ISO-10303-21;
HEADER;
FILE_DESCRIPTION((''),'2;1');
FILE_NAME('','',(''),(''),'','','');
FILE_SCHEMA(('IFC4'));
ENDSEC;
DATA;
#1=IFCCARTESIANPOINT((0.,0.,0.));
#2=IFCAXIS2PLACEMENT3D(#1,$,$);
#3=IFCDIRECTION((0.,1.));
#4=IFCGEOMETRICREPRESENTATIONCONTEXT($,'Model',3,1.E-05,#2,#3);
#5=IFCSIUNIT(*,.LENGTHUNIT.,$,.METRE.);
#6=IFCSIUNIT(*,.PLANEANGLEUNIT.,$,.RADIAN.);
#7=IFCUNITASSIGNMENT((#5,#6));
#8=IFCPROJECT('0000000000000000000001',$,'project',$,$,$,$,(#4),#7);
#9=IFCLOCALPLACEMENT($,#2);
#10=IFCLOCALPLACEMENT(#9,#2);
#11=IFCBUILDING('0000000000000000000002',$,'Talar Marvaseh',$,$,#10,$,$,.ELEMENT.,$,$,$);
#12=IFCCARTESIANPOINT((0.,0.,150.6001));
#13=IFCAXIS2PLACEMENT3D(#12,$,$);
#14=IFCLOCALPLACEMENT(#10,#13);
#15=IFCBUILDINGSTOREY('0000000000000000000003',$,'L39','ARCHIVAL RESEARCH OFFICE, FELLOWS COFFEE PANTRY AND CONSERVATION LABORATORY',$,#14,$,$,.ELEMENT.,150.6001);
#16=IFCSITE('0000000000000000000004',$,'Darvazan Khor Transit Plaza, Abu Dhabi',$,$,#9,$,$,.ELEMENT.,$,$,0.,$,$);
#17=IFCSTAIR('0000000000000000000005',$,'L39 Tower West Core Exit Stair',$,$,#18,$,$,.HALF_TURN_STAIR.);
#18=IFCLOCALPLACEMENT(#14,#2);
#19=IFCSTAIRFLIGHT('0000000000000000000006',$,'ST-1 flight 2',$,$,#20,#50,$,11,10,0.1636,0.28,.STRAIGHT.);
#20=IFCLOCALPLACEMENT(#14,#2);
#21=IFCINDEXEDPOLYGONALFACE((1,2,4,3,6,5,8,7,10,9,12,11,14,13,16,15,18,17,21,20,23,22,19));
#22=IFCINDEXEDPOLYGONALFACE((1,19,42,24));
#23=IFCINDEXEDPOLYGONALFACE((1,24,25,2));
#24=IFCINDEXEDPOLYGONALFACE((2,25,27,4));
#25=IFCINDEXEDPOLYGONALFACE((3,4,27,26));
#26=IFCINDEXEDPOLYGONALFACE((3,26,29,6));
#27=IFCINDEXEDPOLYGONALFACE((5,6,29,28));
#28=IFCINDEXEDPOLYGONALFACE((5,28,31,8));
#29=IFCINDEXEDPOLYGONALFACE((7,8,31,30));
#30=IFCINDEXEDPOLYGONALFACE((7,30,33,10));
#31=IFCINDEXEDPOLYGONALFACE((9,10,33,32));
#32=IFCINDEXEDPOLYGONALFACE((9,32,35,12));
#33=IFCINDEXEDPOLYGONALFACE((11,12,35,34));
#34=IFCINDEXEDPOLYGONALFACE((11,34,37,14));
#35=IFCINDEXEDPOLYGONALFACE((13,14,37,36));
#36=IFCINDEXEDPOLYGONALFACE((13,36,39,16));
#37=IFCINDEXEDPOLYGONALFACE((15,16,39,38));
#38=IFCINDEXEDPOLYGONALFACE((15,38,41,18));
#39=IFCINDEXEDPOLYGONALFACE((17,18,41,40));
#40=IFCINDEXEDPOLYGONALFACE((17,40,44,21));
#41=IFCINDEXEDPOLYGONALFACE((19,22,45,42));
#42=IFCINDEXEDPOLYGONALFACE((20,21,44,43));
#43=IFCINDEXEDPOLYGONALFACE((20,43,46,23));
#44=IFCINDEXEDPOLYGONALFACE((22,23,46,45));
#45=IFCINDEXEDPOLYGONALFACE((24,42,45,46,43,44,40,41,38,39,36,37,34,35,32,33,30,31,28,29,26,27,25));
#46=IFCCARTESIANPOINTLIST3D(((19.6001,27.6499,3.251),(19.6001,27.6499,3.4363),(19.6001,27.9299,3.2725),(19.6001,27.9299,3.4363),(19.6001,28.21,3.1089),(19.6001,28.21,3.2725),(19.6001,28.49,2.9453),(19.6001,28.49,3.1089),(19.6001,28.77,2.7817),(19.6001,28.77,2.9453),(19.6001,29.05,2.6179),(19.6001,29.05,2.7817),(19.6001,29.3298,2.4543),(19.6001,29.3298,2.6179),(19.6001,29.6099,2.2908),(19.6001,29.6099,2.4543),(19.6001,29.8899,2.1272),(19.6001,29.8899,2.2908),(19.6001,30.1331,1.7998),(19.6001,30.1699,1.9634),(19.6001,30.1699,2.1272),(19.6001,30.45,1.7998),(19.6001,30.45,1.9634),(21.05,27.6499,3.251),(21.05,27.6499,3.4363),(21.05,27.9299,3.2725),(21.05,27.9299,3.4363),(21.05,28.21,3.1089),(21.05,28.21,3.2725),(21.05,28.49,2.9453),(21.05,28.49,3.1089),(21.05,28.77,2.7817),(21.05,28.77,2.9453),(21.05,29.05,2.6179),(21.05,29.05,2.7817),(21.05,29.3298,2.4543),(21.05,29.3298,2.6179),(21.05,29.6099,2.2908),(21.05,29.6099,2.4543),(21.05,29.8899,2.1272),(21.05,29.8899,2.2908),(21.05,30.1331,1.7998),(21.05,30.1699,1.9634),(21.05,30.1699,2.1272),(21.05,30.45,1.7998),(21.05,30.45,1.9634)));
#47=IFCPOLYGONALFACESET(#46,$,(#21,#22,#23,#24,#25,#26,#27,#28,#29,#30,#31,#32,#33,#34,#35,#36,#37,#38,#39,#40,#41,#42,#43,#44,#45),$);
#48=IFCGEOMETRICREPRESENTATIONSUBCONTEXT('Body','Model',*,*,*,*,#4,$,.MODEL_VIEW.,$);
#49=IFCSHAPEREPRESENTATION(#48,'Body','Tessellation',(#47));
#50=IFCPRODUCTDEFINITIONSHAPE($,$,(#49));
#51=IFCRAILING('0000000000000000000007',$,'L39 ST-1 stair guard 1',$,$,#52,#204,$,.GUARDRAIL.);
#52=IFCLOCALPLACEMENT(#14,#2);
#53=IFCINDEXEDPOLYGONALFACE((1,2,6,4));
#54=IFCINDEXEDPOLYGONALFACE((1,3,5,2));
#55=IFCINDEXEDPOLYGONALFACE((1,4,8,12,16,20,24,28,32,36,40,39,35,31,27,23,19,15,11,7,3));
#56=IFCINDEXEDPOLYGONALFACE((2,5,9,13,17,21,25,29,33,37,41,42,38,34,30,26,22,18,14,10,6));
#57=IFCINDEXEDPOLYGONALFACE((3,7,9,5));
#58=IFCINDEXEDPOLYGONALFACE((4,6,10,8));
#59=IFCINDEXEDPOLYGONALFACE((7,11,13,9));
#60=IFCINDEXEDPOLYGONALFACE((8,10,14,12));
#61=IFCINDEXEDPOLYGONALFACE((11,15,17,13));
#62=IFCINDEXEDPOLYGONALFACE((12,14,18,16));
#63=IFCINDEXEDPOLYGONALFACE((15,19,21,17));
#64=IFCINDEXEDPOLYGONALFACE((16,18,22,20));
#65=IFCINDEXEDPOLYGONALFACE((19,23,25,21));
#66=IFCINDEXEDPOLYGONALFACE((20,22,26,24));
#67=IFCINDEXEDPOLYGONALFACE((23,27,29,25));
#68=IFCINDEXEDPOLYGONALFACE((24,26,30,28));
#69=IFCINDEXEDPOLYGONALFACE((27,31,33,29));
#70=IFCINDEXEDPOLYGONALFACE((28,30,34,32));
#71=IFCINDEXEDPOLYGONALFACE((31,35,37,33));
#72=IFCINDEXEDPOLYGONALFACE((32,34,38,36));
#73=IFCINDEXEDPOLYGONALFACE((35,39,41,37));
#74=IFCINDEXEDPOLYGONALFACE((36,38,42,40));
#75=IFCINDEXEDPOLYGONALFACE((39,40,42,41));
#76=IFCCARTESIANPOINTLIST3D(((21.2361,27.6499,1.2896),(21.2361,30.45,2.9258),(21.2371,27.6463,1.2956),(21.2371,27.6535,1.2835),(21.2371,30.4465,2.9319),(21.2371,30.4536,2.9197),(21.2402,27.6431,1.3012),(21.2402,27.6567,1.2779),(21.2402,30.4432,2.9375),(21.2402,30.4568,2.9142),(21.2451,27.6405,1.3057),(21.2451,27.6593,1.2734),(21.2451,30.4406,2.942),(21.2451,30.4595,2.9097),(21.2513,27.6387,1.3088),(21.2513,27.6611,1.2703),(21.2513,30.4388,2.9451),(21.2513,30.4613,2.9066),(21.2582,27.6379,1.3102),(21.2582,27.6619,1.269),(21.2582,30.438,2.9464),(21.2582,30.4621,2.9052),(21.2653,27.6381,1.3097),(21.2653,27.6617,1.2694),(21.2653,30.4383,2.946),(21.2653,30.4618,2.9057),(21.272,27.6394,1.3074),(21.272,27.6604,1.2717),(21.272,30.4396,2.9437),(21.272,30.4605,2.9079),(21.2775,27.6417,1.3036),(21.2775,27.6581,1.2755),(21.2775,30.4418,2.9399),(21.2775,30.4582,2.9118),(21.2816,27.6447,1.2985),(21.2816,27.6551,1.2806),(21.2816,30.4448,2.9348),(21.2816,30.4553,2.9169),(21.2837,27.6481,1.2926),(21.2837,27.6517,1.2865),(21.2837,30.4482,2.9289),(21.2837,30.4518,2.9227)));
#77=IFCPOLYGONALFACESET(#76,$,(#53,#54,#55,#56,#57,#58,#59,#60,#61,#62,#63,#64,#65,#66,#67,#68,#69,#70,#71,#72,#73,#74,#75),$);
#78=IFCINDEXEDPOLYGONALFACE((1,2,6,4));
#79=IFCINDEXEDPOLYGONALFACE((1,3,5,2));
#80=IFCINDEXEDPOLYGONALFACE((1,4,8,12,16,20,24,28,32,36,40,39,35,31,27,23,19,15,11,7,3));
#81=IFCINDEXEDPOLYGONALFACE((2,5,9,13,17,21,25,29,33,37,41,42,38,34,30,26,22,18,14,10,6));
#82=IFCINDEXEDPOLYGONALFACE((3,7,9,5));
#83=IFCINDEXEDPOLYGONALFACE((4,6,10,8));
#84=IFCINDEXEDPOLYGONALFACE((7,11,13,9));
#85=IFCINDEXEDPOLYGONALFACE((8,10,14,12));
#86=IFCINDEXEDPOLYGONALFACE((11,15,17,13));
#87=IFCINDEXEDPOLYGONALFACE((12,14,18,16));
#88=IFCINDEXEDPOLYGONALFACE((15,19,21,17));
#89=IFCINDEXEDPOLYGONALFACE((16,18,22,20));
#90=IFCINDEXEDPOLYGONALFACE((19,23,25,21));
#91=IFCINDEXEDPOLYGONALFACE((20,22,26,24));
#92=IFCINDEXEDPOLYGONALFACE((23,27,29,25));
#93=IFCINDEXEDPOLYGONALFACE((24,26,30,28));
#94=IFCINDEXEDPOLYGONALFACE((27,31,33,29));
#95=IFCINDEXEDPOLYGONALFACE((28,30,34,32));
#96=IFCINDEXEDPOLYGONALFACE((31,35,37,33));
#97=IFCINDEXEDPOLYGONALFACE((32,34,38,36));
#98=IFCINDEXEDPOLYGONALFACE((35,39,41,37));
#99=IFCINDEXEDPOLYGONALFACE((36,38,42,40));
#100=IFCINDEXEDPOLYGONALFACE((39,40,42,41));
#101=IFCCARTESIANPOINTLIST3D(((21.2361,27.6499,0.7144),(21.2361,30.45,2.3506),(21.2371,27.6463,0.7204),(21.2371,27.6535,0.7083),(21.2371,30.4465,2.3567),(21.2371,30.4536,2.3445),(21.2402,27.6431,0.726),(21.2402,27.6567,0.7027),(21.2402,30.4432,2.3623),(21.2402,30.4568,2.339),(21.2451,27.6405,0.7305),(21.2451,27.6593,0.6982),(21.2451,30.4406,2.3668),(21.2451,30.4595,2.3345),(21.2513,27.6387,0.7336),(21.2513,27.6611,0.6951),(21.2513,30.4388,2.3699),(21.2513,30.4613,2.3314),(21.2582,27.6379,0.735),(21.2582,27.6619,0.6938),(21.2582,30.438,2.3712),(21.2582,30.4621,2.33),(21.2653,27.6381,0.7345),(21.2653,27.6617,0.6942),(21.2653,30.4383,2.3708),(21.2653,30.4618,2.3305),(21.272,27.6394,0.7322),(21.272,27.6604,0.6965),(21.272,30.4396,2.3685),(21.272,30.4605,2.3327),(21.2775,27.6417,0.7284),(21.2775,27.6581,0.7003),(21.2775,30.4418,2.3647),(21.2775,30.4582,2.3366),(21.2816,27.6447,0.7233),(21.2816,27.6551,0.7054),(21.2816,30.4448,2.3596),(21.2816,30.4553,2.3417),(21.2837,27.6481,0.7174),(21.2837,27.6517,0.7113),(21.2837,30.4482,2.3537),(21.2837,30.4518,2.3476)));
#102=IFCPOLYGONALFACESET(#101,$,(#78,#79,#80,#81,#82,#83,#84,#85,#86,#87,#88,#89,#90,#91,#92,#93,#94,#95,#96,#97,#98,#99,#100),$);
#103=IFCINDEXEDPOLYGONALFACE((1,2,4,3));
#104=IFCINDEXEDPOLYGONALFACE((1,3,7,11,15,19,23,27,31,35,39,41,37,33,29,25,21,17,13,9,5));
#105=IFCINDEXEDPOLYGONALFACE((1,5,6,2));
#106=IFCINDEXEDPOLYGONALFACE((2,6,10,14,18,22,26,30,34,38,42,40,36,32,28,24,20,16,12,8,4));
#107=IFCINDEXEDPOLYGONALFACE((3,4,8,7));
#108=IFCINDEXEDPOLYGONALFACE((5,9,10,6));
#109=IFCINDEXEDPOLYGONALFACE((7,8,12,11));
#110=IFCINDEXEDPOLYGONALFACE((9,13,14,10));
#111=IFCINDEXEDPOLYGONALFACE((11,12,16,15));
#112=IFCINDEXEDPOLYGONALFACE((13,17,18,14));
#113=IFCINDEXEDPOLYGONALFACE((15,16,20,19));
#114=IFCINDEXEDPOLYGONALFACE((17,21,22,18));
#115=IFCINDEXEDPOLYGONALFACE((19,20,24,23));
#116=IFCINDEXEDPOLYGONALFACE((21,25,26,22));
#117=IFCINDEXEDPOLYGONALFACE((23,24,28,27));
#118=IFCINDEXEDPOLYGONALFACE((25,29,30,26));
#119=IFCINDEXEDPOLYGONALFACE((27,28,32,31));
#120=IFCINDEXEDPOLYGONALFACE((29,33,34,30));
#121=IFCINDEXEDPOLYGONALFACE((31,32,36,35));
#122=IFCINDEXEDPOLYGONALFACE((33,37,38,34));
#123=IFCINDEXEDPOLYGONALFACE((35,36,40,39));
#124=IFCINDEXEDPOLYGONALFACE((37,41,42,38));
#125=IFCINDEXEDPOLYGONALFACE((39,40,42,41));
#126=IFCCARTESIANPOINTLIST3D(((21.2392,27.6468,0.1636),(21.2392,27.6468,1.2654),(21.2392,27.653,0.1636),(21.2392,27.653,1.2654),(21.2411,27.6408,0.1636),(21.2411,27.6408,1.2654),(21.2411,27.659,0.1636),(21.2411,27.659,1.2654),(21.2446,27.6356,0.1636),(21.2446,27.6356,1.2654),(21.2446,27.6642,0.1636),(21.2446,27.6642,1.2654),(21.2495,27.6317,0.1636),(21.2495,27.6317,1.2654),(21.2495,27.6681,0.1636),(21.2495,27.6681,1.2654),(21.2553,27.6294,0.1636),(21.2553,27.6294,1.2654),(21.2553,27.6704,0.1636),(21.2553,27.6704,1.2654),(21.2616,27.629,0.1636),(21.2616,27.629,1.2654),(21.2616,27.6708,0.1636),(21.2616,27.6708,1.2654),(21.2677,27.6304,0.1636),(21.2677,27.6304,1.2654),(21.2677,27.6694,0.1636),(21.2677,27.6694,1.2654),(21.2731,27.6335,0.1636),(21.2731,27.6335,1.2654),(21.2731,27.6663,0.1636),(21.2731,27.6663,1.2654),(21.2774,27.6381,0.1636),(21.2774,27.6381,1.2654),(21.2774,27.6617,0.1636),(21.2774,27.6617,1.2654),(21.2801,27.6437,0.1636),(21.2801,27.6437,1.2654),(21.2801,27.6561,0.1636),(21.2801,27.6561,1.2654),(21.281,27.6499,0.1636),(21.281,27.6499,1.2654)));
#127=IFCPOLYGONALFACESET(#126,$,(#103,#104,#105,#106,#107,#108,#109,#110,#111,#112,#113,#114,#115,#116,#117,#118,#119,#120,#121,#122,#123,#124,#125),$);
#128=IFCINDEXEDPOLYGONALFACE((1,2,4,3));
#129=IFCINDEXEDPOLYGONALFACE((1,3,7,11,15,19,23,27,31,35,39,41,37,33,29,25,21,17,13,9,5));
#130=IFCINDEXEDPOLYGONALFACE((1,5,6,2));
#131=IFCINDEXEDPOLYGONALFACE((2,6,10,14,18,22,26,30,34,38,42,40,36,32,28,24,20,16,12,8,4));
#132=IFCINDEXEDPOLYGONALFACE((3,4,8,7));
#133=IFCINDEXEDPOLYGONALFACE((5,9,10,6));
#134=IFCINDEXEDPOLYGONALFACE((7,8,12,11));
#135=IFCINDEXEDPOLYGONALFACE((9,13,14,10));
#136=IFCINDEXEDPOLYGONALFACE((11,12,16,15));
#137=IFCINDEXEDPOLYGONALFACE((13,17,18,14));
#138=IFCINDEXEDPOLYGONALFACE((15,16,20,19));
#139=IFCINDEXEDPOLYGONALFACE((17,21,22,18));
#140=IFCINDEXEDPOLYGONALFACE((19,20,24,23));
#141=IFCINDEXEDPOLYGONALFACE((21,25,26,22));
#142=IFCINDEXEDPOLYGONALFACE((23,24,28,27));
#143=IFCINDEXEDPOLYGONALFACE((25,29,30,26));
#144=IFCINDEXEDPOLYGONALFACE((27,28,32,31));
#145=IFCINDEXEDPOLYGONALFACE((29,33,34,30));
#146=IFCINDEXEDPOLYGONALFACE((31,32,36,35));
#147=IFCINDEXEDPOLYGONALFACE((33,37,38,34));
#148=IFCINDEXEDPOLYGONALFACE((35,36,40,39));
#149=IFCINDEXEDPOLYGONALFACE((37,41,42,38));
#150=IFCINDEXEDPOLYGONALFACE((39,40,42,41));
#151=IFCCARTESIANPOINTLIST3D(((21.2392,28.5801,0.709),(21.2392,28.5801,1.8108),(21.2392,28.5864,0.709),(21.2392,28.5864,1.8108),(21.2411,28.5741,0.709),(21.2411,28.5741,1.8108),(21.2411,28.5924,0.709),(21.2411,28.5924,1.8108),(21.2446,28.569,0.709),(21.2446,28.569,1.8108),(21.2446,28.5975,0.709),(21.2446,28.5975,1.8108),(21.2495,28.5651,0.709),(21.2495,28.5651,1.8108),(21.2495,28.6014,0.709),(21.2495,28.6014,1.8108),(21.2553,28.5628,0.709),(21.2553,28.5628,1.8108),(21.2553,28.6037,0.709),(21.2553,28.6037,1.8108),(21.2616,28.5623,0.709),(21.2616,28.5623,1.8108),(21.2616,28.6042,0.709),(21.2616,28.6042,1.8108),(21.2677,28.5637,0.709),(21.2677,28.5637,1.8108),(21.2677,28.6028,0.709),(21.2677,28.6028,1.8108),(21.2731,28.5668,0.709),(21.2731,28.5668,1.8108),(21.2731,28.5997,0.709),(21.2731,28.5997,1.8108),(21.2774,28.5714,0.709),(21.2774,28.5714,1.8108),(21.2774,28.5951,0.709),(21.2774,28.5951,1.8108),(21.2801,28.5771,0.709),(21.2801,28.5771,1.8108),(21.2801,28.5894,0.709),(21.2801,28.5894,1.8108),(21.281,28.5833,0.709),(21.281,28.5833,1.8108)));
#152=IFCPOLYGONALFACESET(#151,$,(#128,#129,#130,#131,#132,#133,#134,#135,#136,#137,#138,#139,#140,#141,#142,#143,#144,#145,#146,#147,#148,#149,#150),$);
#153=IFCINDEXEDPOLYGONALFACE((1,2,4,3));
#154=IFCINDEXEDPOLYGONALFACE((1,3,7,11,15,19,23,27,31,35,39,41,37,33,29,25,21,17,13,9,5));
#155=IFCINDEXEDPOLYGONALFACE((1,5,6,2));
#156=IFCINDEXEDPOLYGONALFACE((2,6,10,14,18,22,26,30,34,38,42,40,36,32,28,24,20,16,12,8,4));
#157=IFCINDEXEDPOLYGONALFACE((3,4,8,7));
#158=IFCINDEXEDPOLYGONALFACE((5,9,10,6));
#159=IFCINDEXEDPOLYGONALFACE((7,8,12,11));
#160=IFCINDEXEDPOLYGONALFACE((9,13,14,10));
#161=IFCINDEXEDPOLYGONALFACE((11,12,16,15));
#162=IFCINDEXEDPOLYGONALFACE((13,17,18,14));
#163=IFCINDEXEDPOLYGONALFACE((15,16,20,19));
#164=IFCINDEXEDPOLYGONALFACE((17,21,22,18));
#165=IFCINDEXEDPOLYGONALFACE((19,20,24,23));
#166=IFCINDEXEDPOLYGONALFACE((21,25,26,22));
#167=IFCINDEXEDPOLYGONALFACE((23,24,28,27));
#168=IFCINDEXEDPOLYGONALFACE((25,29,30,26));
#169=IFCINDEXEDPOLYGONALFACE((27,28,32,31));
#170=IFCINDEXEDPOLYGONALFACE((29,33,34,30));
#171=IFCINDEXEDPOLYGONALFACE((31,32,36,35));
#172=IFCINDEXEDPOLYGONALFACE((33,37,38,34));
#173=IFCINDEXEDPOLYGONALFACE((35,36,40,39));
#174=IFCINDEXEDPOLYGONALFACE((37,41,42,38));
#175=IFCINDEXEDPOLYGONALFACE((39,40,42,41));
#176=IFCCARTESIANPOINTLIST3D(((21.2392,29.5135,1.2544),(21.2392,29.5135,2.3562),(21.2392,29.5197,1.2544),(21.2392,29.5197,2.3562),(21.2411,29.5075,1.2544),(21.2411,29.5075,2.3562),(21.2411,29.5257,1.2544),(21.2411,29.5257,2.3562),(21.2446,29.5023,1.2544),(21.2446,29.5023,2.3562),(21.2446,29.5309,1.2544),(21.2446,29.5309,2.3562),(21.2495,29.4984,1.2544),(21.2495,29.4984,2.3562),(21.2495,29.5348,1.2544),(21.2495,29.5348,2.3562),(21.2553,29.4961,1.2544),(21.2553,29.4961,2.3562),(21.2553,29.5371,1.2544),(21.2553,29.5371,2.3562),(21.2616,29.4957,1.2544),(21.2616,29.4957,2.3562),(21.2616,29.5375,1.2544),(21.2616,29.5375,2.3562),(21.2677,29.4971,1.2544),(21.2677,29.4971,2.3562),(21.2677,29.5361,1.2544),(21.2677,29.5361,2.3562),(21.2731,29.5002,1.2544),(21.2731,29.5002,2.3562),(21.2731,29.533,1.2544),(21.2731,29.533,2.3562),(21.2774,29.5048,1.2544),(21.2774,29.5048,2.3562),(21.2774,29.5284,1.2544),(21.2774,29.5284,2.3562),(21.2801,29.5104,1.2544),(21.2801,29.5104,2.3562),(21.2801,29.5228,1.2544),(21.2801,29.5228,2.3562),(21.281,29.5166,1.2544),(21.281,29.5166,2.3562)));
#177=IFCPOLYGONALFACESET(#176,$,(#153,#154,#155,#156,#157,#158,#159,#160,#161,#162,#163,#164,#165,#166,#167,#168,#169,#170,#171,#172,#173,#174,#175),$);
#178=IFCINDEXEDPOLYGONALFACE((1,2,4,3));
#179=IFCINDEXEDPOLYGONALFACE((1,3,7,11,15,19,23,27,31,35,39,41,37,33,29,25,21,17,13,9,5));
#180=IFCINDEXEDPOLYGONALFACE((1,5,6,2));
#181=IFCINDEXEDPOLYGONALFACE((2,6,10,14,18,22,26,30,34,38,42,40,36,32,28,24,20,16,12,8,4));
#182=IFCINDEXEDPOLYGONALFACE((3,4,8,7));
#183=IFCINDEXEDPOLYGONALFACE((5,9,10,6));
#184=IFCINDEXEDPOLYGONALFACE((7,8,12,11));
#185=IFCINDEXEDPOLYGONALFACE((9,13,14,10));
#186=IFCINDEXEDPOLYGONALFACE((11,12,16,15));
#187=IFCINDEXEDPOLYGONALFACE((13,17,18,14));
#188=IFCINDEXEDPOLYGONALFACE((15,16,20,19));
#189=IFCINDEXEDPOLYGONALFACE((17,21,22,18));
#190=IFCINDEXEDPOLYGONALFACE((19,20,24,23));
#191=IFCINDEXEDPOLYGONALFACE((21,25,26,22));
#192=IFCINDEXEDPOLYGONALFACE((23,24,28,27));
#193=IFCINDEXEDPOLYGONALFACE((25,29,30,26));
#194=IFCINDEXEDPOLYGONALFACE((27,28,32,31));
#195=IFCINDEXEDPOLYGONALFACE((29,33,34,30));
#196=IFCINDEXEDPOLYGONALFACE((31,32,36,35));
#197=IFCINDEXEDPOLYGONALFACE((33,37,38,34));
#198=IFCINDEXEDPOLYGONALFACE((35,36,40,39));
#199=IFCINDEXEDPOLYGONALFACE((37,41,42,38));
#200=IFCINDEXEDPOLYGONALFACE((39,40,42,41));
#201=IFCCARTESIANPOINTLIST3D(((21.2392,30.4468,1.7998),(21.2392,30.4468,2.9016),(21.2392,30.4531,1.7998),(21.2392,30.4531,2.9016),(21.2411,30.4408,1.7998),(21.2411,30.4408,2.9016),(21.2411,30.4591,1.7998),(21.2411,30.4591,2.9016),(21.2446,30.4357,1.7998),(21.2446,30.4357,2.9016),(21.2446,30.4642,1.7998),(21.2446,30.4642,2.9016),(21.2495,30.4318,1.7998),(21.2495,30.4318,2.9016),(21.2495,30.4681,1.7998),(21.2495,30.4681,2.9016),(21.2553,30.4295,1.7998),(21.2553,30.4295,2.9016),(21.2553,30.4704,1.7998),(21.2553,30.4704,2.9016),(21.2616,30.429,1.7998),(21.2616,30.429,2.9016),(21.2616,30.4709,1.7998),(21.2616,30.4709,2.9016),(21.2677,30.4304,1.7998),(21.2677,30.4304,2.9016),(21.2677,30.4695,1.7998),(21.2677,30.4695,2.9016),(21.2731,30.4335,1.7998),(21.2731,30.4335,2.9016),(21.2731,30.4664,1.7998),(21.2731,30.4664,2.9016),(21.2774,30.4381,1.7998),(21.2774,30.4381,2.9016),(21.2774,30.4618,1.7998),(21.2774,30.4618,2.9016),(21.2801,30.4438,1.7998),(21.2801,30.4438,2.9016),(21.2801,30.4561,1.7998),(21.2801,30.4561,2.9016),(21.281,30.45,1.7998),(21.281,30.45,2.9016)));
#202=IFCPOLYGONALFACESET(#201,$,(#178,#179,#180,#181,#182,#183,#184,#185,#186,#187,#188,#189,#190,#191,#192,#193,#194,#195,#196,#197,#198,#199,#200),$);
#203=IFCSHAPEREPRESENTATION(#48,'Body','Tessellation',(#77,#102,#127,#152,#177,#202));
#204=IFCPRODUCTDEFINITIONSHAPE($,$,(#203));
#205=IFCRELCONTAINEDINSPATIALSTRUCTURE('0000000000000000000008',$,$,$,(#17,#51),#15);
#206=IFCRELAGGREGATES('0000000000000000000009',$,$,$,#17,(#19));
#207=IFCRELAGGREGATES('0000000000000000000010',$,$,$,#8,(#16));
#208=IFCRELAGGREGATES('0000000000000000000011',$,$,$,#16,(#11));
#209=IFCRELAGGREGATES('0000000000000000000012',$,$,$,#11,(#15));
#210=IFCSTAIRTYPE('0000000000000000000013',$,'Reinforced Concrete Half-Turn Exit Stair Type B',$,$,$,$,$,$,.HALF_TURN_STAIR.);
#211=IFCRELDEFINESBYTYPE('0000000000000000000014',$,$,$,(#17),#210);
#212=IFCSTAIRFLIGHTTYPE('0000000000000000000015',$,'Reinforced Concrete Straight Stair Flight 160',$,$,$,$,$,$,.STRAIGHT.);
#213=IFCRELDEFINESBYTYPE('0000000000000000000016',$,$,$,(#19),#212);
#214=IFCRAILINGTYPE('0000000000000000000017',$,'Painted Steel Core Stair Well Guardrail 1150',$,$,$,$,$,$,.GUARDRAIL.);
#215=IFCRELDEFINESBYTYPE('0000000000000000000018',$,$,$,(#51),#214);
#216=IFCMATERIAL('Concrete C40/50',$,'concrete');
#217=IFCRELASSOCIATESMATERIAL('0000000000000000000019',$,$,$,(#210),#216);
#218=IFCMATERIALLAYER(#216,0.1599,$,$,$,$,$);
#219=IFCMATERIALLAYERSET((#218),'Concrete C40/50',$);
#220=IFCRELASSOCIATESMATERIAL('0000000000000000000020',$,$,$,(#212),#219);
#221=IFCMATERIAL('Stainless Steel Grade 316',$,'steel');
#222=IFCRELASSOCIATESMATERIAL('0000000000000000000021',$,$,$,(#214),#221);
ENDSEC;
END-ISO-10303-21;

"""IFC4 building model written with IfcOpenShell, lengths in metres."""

from ifc_helpers import new_model, si_unit, direction, frame, origin, origin_2d, place, context, subcontext, project, spatial, polyline, circle, outline, extrude, material, layer, layer_set, type_object, element, aggregate, save


model = new_model("IFC4")

# Units and contexts
model_context = context("Model", 3, precision=1e-05, world=origin(), true_north=direction((0.0, 1.0)))
body_context = subcontext(model_context, "Body", "Model", "MODEL_VIEW")
ifc_project = project(units=[si_unit("LENGTHUNIT", "METRE"), si_unit("PLANEANGLEUNIT", "RADIAN")], contexts=[model_context])

# Site, building, storey
site_placement = place(None, origin())
site = spatial("IfcSite", under=ifc_project, at=site_placement, Name="Darvazan Khor Transit Plaza, Abu Dhabi", CompositionType="ELEMENT", RefElevation=0.0)
building_placement = place(site_placement, origin())
building = spatial("IfcBuilding", under=site, at=building_placement, Name="Talar Marvaseh", CompositionType="ELEMENT")
storey_placement = place(building_placement, frame((0.0, 0.0, 150.6001)))
storey = spatial("IfcBuildingStorey", under=building, at=storey_placement, Name="L39", Description="ARCHIVAL RESEARCH OFFICE, FELLOWS COFFEE PANTRY AND CONSERVATION LABORATORY", CompositionType="ELEMENT", Elevation=150.6001)

# Stair, stair flight
ifc_material_1 = material(Name="Concrete C40/50", Category="concrete")
stair_type = type_object("IfcStairType", Name="Reinforced Concrete Half-Turn Exit Stair Type B", PredefinedType="HALF_TURN_STAIR", material=ifc_material_1)
stair_placement = place(storey_placement, origin())
stair = element("IfcStair", 1, at=stair_placement, inside=storey, type_object=stair_type, Name="L39 Tower West Core Exit Stair", PredefinedType="HALF_TURN_STAIR")
ifc_layer_1 = layer(ifc_material_1, 0.1599)
ifc_layer_set_1 = layer_set([ifc_layer_1], Name="Concrete C40/50")
stair_flight_type = type_object("IfcStairFlightType", Name="Reinforced Concrete Straight Stair Flight 160", PredefinedType="STRAIGHT", material=ifc_layer_set_1)
stair_flight_placement = place(storey_placement, frame((20.325, 30.45, 1.7998), z_axis=(0.0, 0.0, 1.0), x_axis=(0.0, -1.0, 0.0)))
stair_flight = element("IfcStairFlight", 2, at=stair_flight_placement, type_object=stair_flight_type, Name="ST-1 flight 2", NumberOfRisers=11, NumberOfTreads=10, PredefinedType="STRAIGHT", RiserHeight=0.1636, TreadLength=0.28, context=body_context, shape_type="SweptSolid", body=[
    extrude(outline(polyline([(0.0, 0.0), (0.0, 0.1636), (0.28, 0.1636), (0.28, 0.3274), (0.5601, 0.3274), (0.5601, 0.491), (0.8401, 0.491), (0.8401, 0.6545), (1.1201, 0.6545), (1.1201, 0.8181), (1.3999, 0.8181), (1.3999, 0.9819), (1.6799, 0.9819), (1.6799, 1.1455), (1.96, 1.1455), (1.96, 1.3091), (2.24, 1.3091), (2.24, 1.4727), (2.52, 1.4727), (2.52, 1.6365), (2.8, 1.6365), (2.8, 1.8), (2.8, 1.4512), (0.3169, 0.0), (0.0, 0.0)])), frame((0.0, 0.7251, 0.0), z_axis=(0.0, -1.0, 0.0), x_axis=(1.0, 0.0, 0.0)), (0.0, 0.0, 1.0), 1.45),
])
aggregate(stair, [stair_flight])

# Railing
ifc_material_2 = material(Name="Stainless Steel Grade 316", Category="steel")
railing_type_1 = type_object("IfcRailingType", Name="Painted Steel Core Stair Well Guardrail 1150", PredefinedType="GUARDRAIL", material=ifc_material_2)
railing_1_placement = place(storey_placement, frame((21.26, 27.6499, 0.1636)))
element("IfcRailing", 3, at=railing_1_placement, inside=storey, type_object=railing_type_1, Name="L39 ST-1 stair guard 1", PredefinedType="GUARDRAIL", context=body_context, shape_type="SweptSolid", body=[
    extrude(circle(Radius=0.0239, at=origin_2d()), frame((0.0, 0.0, 1.126), z_axis=(0.0, 0.863394, 0.504531), x_axis=(-1.0, 0.0, 0.0)), (0.0, 0.0, 1.0), 3.2432),
    extrude(circle(Radius=0.0239, at=origin_2d()), frame((0.0, 0.0, 0.5508), z_axis=(0.0, 0.863394, 0.504531), x_axis=(-1.0, 0.0, 0.0)), (0.0, 0.0, 1.0), 3.2432),
    extrude(circle(Radius=0.021, at=origin_2d()), origin(), (0.0, 0.0, 1.0), 1.1018),
    extrude(circle(Radius=0.021, at=origin_2d()), frame((0.0, 0.9333, 0.5454)), (0.0, 0.0, 1.0), 1.1018),
    extrude(circle(Radius=0.021, at=origin_2d()), frame((0.0, 1.8667, 1.0908)), (0.0, 0.0, 1.0), 1.1018),
    extrude(circle(Radius=0.021, at=origin_2d()), frame((0.0, 2.8, 1.6362)), (0.0, 0.0, 1.0), 1.1018),
])

save(model, "model.ifc")
